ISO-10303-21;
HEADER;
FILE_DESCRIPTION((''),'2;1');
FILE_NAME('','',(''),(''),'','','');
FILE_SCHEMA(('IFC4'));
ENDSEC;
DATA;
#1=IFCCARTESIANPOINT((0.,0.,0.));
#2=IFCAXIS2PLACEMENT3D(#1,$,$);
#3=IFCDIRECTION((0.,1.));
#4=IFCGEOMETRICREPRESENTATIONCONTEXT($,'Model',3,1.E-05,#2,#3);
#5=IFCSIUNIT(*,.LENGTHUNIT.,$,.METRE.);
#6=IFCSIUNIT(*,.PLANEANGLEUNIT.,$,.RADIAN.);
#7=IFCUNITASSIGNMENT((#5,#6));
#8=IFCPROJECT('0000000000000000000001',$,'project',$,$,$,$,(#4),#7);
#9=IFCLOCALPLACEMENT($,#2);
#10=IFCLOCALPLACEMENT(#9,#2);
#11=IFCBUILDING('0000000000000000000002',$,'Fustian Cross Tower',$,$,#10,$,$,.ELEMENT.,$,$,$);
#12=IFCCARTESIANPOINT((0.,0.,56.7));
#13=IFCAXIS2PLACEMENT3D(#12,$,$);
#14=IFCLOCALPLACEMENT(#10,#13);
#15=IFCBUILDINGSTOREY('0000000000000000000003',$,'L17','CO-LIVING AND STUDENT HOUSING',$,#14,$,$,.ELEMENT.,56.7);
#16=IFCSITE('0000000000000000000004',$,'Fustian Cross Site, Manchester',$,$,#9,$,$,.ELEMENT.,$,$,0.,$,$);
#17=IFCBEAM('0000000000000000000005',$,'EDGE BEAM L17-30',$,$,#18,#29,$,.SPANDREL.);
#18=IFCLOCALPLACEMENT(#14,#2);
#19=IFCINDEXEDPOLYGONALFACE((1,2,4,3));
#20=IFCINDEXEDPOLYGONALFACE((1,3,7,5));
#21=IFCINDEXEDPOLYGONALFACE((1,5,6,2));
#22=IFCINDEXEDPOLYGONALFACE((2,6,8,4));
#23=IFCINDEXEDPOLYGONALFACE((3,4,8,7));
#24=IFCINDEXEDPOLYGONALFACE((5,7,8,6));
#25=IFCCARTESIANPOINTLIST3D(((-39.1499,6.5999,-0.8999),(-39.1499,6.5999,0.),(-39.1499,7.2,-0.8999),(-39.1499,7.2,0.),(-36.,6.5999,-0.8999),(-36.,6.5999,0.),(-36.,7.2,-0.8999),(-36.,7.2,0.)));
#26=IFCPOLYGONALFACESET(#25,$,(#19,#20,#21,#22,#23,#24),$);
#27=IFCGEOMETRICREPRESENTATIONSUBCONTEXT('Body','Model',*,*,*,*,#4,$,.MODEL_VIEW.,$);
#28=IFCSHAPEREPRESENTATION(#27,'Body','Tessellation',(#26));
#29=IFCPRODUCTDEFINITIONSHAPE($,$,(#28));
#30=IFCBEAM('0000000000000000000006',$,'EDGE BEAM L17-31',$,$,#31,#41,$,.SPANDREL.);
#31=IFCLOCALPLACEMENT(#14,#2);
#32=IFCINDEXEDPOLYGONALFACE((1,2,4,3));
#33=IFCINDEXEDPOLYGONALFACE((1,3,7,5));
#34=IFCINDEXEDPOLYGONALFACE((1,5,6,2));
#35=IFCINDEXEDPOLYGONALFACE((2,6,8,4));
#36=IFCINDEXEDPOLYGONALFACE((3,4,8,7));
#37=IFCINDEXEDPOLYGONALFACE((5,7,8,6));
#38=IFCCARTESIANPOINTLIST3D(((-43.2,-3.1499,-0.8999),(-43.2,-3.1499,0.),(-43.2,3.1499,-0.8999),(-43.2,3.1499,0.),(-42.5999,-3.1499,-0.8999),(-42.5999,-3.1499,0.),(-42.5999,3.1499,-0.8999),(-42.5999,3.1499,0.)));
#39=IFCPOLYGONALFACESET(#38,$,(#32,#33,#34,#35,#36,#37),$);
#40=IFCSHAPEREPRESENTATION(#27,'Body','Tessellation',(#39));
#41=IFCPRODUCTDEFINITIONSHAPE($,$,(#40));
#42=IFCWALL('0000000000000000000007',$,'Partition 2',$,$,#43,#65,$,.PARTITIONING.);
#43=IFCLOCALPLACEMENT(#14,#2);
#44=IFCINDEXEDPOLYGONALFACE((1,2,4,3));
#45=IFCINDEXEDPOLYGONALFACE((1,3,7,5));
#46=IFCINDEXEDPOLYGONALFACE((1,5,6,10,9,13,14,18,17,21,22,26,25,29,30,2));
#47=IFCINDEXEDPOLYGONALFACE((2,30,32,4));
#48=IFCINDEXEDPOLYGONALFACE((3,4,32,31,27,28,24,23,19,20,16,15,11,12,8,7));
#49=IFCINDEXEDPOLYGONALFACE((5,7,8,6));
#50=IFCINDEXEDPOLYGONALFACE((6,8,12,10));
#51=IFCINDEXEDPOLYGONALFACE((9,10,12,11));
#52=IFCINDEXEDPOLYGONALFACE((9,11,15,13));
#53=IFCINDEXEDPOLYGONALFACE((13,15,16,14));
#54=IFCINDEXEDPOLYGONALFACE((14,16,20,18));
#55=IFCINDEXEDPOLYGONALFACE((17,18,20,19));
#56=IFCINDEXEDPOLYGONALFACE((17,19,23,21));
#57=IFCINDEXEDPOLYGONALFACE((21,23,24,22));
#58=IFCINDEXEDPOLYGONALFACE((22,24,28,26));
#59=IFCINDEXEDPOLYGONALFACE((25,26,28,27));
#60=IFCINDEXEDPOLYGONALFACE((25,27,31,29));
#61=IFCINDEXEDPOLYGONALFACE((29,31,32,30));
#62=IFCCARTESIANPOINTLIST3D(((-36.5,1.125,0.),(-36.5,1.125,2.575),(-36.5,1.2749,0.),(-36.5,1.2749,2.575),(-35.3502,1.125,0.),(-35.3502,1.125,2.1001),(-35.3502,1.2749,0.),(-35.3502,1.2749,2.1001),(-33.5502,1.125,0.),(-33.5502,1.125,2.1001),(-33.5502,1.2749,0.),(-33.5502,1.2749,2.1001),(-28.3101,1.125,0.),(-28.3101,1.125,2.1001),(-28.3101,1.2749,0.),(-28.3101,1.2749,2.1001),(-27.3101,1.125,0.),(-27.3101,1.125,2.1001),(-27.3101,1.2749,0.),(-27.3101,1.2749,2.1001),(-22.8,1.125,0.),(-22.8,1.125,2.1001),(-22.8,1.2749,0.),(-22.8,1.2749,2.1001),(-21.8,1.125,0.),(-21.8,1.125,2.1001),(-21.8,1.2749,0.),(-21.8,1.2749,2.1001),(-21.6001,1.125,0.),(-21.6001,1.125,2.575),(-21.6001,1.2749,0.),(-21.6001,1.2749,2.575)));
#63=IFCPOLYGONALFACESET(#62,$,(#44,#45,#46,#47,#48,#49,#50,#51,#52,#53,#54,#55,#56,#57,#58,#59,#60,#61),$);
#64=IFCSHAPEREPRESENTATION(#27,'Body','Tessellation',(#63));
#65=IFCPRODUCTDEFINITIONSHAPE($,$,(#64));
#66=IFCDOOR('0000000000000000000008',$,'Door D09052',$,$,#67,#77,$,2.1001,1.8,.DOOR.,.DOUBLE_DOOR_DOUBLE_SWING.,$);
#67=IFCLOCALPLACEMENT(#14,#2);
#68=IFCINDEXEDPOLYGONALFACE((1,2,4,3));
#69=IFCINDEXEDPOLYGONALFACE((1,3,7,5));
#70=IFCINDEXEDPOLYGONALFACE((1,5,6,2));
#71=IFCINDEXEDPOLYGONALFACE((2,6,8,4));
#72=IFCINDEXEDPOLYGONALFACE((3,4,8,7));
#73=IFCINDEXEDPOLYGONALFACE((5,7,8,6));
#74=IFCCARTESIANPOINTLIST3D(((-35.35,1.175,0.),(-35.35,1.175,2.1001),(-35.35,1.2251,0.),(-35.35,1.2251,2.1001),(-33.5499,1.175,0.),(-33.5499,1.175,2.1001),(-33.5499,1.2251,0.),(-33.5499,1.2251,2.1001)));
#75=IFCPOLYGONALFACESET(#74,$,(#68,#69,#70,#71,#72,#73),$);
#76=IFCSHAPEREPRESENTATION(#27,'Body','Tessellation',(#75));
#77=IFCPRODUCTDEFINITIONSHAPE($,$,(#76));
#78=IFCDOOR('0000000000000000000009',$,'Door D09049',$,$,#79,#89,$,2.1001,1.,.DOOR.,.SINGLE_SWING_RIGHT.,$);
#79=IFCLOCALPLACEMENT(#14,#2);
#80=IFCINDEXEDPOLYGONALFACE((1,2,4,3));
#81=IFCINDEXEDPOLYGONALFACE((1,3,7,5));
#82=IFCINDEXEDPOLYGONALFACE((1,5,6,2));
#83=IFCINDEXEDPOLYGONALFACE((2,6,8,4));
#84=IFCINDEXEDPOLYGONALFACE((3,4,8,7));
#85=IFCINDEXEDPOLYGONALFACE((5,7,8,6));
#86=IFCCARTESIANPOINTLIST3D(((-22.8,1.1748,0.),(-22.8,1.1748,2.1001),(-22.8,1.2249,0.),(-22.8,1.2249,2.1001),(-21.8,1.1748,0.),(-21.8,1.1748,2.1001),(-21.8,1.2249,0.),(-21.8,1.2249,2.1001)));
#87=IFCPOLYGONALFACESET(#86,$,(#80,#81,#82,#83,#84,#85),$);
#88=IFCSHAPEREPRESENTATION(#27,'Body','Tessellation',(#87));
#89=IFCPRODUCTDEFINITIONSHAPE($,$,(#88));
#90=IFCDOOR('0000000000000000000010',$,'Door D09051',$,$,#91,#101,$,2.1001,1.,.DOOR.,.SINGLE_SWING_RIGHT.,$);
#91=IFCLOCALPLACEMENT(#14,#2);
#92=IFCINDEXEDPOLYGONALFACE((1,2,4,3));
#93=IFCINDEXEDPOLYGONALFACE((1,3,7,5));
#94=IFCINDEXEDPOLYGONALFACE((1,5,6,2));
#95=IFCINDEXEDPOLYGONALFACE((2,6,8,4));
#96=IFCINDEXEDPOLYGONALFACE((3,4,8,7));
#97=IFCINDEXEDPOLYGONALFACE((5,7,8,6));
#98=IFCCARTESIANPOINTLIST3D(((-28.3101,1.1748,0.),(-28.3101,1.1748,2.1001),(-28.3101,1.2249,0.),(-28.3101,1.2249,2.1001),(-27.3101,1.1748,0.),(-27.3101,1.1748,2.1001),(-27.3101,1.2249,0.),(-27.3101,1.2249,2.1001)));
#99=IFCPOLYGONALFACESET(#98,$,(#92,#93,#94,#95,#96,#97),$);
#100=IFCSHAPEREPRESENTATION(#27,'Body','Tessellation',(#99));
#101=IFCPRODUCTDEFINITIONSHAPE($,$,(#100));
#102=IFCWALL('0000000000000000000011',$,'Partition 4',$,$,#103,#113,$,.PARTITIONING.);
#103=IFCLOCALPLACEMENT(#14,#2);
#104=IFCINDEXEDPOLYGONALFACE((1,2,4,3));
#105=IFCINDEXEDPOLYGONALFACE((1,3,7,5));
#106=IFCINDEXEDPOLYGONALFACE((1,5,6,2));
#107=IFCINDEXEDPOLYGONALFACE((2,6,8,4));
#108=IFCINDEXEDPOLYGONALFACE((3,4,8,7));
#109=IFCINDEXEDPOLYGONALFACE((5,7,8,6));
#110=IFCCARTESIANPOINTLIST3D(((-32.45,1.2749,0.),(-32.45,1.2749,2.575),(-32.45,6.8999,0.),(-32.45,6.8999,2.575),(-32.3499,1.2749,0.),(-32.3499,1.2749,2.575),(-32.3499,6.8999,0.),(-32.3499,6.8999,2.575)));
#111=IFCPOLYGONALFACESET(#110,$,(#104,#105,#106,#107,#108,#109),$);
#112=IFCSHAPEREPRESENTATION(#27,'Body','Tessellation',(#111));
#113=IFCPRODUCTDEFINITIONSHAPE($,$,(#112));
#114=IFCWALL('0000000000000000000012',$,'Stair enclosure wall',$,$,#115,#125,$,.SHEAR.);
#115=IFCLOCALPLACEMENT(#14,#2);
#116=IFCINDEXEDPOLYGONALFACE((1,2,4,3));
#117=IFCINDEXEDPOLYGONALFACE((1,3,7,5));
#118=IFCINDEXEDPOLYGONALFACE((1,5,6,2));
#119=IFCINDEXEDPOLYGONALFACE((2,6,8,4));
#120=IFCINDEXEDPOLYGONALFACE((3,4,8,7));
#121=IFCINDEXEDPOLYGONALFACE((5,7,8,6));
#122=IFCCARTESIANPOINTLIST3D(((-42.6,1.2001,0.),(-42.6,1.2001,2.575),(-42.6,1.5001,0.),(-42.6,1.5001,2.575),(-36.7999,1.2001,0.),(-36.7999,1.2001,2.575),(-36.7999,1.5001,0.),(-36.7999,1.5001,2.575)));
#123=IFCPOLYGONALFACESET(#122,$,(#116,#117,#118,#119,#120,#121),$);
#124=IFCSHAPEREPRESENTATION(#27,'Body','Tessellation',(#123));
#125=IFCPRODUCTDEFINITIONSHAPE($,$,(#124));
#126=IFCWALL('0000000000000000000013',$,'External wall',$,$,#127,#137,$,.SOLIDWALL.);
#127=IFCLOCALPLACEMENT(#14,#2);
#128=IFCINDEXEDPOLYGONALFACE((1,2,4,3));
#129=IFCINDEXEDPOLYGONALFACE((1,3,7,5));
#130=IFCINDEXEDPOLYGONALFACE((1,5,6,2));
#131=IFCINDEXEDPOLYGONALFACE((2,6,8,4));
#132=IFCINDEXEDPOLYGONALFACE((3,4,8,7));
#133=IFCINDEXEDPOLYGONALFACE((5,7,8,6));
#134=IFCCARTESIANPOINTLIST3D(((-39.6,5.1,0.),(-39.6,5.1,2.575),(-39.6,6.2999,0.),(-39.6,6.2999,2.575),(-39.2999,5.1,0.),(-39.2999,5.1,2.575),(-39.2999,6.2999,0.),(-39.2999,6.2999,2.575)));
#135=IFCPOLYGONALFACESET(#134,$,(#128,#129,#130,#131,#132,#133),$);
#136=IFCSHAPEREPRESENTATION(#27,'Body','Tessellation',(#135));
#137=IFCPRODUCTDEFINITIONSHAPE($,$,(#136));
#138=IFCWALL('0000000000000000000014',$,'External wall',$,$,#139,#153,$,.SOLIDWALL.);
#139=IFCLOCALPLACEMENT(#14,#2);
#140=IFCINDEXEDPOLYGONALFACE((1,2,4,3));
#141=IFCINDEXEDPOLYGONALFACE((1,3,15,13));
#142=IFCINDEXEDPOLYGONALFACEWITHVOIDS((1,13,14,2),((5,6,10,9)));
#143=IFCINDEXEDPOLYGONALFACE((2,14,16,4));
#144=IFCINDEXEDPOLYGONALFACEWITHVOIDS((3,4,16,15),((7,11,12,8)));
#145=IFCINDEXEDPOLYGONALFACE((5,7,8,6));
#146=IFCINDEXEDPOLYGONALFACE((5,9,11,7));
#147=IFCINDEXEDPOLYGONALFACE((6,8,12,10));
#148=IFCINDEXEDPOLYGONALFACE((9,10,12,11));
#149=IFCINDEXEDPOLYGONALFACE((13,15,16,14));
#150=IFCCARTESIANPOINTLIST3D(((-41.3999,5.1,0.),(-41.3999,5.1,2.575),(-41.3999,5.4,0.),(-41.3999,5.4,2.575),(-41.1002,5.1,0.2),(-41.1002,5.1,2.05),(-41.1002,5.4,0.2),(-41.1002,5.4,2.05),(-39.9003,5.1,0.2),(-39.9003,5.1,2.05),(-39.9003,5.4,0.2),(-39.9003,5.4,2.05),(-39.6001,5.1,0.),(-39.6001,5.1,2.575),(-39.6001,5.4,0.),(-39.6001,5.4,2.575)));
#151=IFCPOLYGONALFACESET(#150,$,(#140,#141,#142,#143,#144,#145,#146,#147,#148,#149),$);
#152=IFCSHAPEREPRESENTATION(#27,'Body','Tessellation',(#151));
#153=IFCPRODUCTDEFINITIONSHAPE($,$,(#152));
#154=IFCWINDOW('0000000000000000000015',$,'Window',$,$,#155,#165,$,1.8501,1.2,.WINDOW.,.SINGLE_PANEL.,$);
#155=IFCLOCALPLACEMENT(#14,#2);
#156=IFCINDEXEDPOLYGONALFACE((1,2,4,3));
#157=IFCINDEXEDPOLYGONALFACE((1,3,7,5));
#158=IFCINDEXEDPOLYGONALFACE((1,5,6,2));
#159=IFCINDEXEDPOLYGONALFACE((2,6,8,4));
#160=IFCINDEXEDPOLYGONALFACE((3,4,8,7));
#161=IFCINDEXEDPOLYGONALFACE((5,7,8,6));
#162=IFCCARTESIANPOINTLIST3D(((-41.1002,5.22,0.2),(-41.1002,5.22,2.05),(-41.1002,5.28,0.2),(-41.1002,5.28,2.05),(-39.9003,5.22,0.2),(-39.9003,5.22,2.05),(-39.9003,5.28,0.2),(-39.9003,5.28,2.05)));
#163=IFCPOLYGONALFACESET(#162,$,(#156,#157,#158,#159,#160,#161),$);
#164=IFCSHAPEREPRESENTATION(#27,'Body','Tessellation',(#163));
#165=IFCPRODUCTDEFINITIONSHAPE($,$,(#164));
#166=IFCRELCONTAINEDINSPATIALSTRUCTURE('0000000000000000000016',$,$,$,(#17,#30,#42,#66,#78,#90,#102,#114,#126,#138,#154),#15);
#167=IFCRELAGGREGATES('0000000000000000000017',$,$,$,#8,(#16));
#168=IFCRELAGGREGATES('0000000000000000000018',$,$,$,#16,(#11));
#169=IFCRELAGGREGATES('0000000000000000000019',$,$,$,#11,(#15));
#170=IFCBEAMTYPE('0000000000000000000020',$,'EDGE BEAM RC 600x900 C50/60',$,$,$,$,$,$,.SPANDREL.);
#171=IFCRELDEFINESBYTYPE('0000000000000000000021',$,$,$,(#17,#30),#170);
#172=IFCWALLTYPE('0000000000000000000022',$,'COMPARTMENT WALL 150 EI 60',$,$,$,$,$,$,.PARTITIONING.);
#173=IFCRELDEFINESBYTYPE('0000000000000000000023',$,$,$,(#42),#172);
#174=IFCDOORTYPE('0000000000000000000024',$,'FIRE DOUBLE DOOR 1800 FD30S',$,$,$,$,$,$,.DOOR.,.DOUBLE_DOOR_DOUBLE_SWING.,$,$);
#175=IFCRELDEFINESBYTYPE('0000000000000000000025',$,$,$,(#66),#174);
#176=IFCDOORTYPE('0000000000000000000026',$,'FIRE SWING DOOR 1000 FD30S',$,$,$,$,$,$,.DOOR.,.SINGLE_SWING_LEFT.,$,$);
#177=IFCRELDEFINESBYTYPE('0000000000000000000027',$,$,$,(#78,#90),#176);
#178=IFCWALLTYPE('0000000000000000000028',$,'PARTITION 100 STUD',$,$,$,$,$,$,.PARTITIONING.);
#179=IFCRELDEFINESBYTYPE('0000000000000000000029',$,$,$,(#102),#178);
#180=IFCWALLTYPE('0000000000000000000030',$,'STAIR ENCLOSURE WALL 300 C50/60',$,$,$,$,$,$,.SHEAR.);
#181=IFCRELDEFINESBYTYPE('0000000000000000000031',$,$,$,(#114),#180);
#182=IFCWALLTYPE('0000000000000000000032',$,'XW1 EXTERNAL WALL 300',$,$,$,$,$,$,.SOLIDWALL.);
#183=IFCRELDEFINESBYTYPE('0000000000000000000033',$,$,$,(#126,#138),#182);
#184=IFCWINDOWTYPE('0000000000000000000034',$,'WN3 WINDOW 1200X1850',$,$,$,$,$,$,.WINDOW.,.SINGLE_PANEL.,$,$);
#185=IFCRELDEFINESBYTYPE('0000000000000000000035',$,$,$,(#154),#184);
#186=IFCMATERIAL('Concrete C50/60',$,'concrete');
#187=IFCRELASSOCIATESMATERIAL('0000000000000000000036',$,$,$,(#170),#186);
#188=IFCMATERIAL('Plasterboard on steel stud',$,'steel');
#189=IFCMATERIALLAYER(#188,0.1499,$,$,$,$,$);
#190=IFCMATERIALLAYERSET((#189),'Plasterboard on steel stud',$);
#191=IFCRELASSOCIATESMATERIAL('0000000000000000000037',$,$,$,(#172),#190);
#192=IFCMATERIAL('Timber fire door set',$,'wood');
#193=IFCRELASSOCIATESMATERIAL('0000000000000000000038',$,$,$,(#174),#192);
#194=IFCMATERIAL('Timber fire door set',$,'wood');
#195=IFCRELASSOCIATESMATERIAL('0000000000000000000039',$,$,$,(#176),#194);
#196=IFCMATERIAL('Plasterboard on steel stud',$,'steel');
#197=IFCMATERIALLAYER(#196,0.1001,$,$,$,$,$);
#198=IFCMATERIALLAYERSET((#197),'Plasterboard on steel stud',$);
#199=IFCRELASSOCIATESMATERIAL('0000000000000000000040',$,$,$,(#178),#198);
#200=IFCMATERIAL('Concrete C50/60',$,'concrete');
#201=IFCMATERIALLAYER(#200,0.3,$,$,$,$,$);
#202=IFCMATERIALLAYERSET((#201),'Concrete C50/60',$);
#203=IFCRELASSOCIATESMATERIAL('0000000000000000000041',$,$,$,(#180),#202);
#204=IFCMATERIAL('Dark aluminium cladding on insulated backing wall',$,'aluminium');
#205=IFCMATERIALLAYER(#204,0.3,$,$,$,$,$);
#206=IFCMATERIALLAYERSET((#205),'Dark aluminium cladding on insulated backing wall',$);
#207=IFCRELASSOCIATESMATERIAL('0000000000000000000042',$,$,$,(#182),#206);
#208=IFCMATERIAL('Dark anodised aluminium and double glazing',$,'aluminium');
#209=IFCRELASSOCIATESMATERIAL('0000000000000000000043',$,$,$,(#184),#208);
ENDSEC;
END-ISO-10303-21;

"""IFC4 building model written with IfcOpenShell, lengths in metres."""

from ifc_helpers import new_model, si_unit, direction, frame, frame_2d, origin, origin_2d, place, context, subcontext, project, spatial, rectangle, extrude, material, layer, layer_set, material_profile, profile_set, type_object, element, fill, save


model = new_model("IFC4")

# Units and contexts
model_context = context("Model", 3, precision=1e-05, world=origin(), true_north=direction((0.0, 1.0)))
body_context = subcontext(model_context, "Body", "Model", "MODEL_VIEW")
ifc_project = project(units=[si_unit("LENGTHUNIT", "METRE"), si_unit("PLANEANGLEUNIT", "RADIAN")], contexts=[model_context])

# Site, building, storey
site_placement = place(None, origin())
site = spatial("IfcSite", under=ifc_project, at=site_placement, Name="Fustian Cross Site, Manchester", CompositionType="ELEMENT", RefElevation=0.0)
building_placement = place(site_placement, origin())
building = spatial("IfcBuilding", under=site, at=building_placement, Name="Fustian Cross Tower", CompositionType="ELEMENT")
storey_placement = place(building_placement, frame((0.0, 0.0, 56.7)))
storey = spatial("IfcBuildingStorey", under=building, at=storey_placement, Name="L17", Description="CO-LIVING AND STUDENT HOUSING", CompositionType="ELEMENT", Elevation=56.7)

# Beams
ifc_material_1 = material(Name="Concrete C50/60", Category="concrete")
ifc_material_profile_1 = material_profile(ifc_material_1, rectangle(XDim=0.6001, YDim=0.8999, at=origin_2d()), Name="RC 600x900")
ifc_profile_set_1 = profile_set([ifc_material_profile_1], Name="Concrete C50/60")
beam_type = type_object("IfcBeamType", Name="EDGE BEAM RC 600x900 C50/60", PredefinedType="SPANDREL", material=ifc_profile_set_1)
beam_1_placement = place(storey_placement, frame((-36.0, 6.8999, -0.45), z_axis=(-1.0, 0.0, 0.0), x_axis=(0.0, -1.0, 0.0)))
element("IfcBeam", 1, at=beam_1_placement, inside=storey, type_object=beam_type, Name="EDGE BEAM L17-30", PredefinedType="SPANDREL", context=body_context, shape_type="SweptSolid", body=[
    extrude(rectangle(XDim=0.6001, YDim=0.8999, at=origin_2d()), origin(), (0.0, 0.0, 1.0), 3.1499),
])
beam_2_placement = place(storey_placement, frame((-42.8999, 3.1499, -0.45), z_axis=(0.0, -1.0, 0.0), x_axis=(1.0, 0.0, 0.0)))
element("IfcBeam", 2, at=beam_2_placement, inside=storey, type_object=beam_type, Name="EDGE BEAM L17-31", PredefinedType="SPANDREL", context=body_context, shape_type="SweptSolid", body=[
    extrude(rectangle(XDim=0.6001, YDim=0.8999, at=origin_2d()), origin(), (0.0, 0.0, 1.0), 6.2998),
])

# Wall, openings, doors
ifc_material_2 = material(Name="Plasterboard on steel stud", Category="steel")
ifc_layer_1 = layer(ifc_material_2, 0.1499)
ifc_layer_set_1 = layer_set([ifc_layer_1], Name="Plasterboard on steel stud")
wall_type_1 = type_object("IfcWallType", Name="COMPARTMENT WALL 150 EI 60", PredefinedType="PARTITIONING", material=ifc_layer_set_1)
wall_1_placement = place(storey_placement, frame((-36.5, 1.2, 0.0), z_axis=(0.0, 0.0, 1.0), x_axis=(1.0, 0.0, 0.0)))
wall_1 = element("IfcWall", 3, at=wall_1_placement, inside=storey, type_object=wall_type_1, Name="Partition 2", PredefinedType="PARTITIONING", context=body_context, shape_type="SweptSolid", body=[
    extrude(rectangle(XDim=14.8999, YDim=0.1499, at=frame_2d((7.45, 0.0))), origin(), (0.0, 0.0, 1.0), 2.575),
])
opening_1_placement = place(wall_1_placement, frame((13.7, 0.0, 0.0)))
opening_1 = element("IfcOpeningElement", 4, at=opening_1_placement, cuts=wall_1, PredefinedType="OPENING", context=body_context, shape_type="SweptSolid", body=[
    extrude(rectangle(XDim=1.0, YDim=2.1001, at=frame_2d((0.5, 1.05))), frame((0.0, 0.085, 0.0), z_axis=(0.0, -1.0, 0.0), x_axis=(1.0, 0.0, 0.0)), (0.0, 0.0, 1.0), 0.1699),
])
opening_2_placement = place(wall_1_placement, frame((8.1899, 0.0, 0.0)))
opening_2 = element("IfcOpeningElement", 5, at=opening_2_placement, cuts=wall_1, PredefinedType="OPENING", context=body_context, shape_type="SweptSolid", body=[
    extrude(rectangle(XDim=1.0, YDim=2.1001, at=frame_2d((0.5, 1.05))), frame((0.0, 0.085, 0.0), z_axis=(0.0, -1.0, 0.0), x_axis=(1.0, 0.0, 0.0)), (0.0, 0.0, 1.0), 0.1699),
])
opening_3_placement = place(wall_1_placement, frame((1.1499, 0.0, 0.0)))
opening_3 = element("IfcOpeningElement", 6, at=opening_3_placement, cuts=wall_1, PredefinedType="OPENING", context=body_context, shape_type="SweptSolid", body=[
    extrude(rectangle(XDim=1.8, YDim=2.1001, at=frame_2d((0.8999, 1.05))), frame((0.0, 0.085, 0.0), z_axis=(0.0, -1.0, 0.0), x_axis=(1.0, 0.0, 0.0)), (0.0, 0.0, 1.0), 0.1699),
])
ifc_material_3 = material(Name="Timber fire door set", Category="wood")
door_type_1 = type_object("IfcDoorType", Name="FIRE DOUBLE DOOR 1800 FD30S", OperationType="DOUBLE_DOOR_DOUBLE_SWING", PredefinedType="DOOR", material=ifc_material_3)
door_1_placement = place(opening_3_placement, frame((1.8, 0.0, 0.0), z_axis=(0.0, 0.0, 1.0), x_axis=(-1.0, 0.0, 0.0)))
door_1 = element("IfcDoor", 7, at=door_1_placement, inside=storey, type_object=door_type_1, Name="Door D09052", OperationType="DOUBLE_DOOR_DOUBLE_SWING", OverallHeight=2.1001, OverallWidth=1.8, PredefinedType="DOOR", context=body_context, shape_type="SweptSolid", body=[
    extrude(rectangle(XDim=1.8, YDim=2.1001, at=frame_2d((0.8999, 1.05))), frame((0.0, 0.0249, 0.0), z_axis=(0.0, -1.0, 0.0), x_axis=(1.0, 0.0, 0.0)), (0.0, 0.0, 1.0), 0.05),
])
fill(opening_3, door_1)
ifc_material_4 = material(Name="Timber fire door set", Category="wood")
door_type_2 = type_object("IfcDoorType", Name="FIRE SWING DOOR 1000 FD30S", OperationType="SINGLE_SWING_LEFT", PredefinedType="DOOR", material=ifc_material_4)
door_2_placement = place(opening_1_placement, origin())
door_2 = element("IfcDoor", 8, at=door_2_placement, inside=storey, type_object=door_type_2, Name="Door D09049", OperationType="SINGLE_SWING_RIGHT", OverallHeight=2.1001, OverallWidth=1.0, PredefinedType="DOOR", context=body_context, shape_type="SweptSolid", body=[
    extrude(rectangle(XDim=1.0, YDim=2.1001, at=frame_2d((0.5, 1.05))), frame((0.0, 0.0249, 0.0), z_axis=(0.0, -1.0, 0.0), x_axis=(1.0, 0.0, 0.0)), (0.0, 0.0, 1.0), 0.05),
])
fill(opening_1, door_2)
door_3_placement = place(opening_2_placement, origin())
door_3 = element("IfcDoor", 9, at=door_3_placement, inside=storey, type_object=door_type_2, Name="Door D09051", OperationType="SINGLE_SWING_RIGHT", OverallHeight=2.1001, OverallWidth=1.0, PredefinedType="DOOR", context=body_context, shape_type="SweptSolid", body=[
    extrude(rectangle(XDim=1.0, YDim=2.1001, at=frame_2d((0.5, 1.05))), frame((0.0, 0.0249, 0.0), z_axis=(0.0, -1.0, 0.0), x_axis=(1.0, 0.0, 0.0)), (0.0, 0.0, 1.0), 0.05),
])
fill(opening_2, door_3)

# Walls
ifc_material_5 = material(Name="Plasterboard on steel stud", Category="steel")
ifc_layer_2 = layer(ifc_material_5, 0.1001)
ifc_layer_set_2 = layer_set([ifc_layer_2], Name="Plasterboard on steel stud")
wall_type_2 = type_object("IfcWallType", Name="PARTITION 100 STUD", PredefinedType="PARTITIONING", material=ifc_layer_set_2)
wall_2_placement = place(storey_placement, frame((-32.3999, 1.2749, 0.0), z_axis=(0.0, 0.0, 1.0), x_axis=(0.0, 1.0, 0.0)))
element("IfcWall", 10, at=wall_2_placement, inside=storey, type_object=wall_type_2, Name="Partition 4", PredefinedType="PARTITIONING", context=body_context, shape_type="SweptSolid", body=[
    extrude(rectangle(XDim=5.625, YDim=0.1001, at=frame_2d((2.8125, 0.0))), origin(), (0.0, 0.0, 1.0), 2.575),
])
ifc_material_6 = material(Name="Concrete C50/60", Category="concrete")
ifc_layer_3 = layer(ifc_material_6, 0.3)
ifc_layer_set_3 = layer_set([ifc_layer_3], Name="Concrete C50/60")
wall_type_3 = type_object("IfcWallType", Name="STAIR ENCLOSURE WALL 300 C50/60", PredefinedType="SHEAR", material=ifc_layer_set_3)
wall_3_placement = place(storey_placement, frame((-36.8, 1.3501, 0.0), z_axis=(0.0, 0.0, 1.0), x_axis=(-1.0, 0.0, 0.0)))
element("IfcWall", 11, at=wall_3_placement, inside=storey, type_object=wall_type_3, Name="Stair enclosure wall", PredefinedType="SHEAR", context=body_context, shape_type="SweptSolid", body=[
    extrude(rectangle(XDim=5.8, YDim=0.3, at=frame_2d((2.8999, 0.0))), origin(), (0.0, 0.0, 1.0), 2.575),
])
ifc_material_7 = material(Name="Dark aluminium cladding on insulated backing wall", Category="aluminium")
ifc_layer_4 = layer(ifc_material_7, 0.3)
ifc_layer_set_4 = layer_set([ifc_layer_4], Name="Dark aluminium cladding on insulated backing wall")
wall_type_4 = type_object("IfcWallType", Name="XW1 EXTERNAL WALL 300", PredefinedType="SOLIDWALL", material=ifc_layer_set_4)
wall_4_placement = place(storey_placement, frame((-39.45, 6.3, 0.0), z_axis=(0.0, 0.0, 1.0), x_axis=(0.0, -1.0, 0.0)))
element("IfcWall", 12, at=wall_4_placement, inside=storey, type_object=wall_type_4, Name="External wall", PredefinedType="SOLIDWALL", context=body_context, shape_type="SweptSolid", body=[
    extrude(rectangle(XDim=1.2, YDim=0.3, at=frame_2d((0.6001, 0.0))), origin(), (0.0, 0.0, 1.0), 2.575),
])

# Wall, opening, window
wall_5_placement = place(storey_placement, frame((-39.6001, 5.25, 0.0), z_axis=(0.0, 0.0, 1.0), x_axis=(-1.0, 0.0, 0.0)))
wall_5 = element("IfcWall", 13, at=wall_5_placement, inside=storey, type_object=wall_type_4, Name="External wall", PredefinedType="SOLIDWALL", context=body_context, shape_type="SweptSolid", body=[
    extrude(rectangle(XDim=1.7998, YDim=0.3, at=frame_2d((0.8999, 0.0))), origin(), (0.0, 0.0, 1.0), 2.575),
])
opening_4_placement = place(wall_5_placement, frame((0.3, 0.0, 0.2)))
opening_4 = element("IfcOpeningElement", 14, at=opening_4_placement, cuts=wall_5, PredefinedType="OPENING", context=body_context, shape_type="SweptSolid", body=[
    extrude(rectangle(XDim=1.2, YDim=1.8501, at=frame_2d((0.6001, 0.925))), frame((0.0, 0.1599, 0.0), z_axis=(0.0, -1.0, 0.0), x_axis=(1.0, 0.0, 0.0)), (0.0, 0.0, 1.0), 0.3201),
])
ifc_material_8 = material(Name="Dark anodised aluminium and double glazing", Category="aluminium")
window_type_1 = type_object("IfcWindowType", Name="WN3 WINDOW 1200X1850", PartitioningType="SINGLE_PANEL", PredefinedType="WINDOW", material=ifc_material_8)
window_1_placement = place(opening_4_placement, origin())
window_1 = element("IfcWindow", 15, at=window_1_placement, inside=storey, type_object=window_type_1, Name="Window", OverallHeight=1.8501, OverallWidth=1.2, PartitioningType="SINGLE_PANEL", PredefinedType="WINDOW", context=body_context, shape_type="SweptSolid", body=[
    extrude(rectangle(XDim=1.2, YDim=1.8501, at=frame_2d((0.6001, 0.925))), frame((0.0, 0.03, 0.0), z_axis=(0.0, -1.0, 0.0), x_axis=(1.0, 0.0, 0.0)), (0.0, 0.0, 1.0), 0.0601),
])
fill(opening_4, window_1)

save(model, "model.ifc")
